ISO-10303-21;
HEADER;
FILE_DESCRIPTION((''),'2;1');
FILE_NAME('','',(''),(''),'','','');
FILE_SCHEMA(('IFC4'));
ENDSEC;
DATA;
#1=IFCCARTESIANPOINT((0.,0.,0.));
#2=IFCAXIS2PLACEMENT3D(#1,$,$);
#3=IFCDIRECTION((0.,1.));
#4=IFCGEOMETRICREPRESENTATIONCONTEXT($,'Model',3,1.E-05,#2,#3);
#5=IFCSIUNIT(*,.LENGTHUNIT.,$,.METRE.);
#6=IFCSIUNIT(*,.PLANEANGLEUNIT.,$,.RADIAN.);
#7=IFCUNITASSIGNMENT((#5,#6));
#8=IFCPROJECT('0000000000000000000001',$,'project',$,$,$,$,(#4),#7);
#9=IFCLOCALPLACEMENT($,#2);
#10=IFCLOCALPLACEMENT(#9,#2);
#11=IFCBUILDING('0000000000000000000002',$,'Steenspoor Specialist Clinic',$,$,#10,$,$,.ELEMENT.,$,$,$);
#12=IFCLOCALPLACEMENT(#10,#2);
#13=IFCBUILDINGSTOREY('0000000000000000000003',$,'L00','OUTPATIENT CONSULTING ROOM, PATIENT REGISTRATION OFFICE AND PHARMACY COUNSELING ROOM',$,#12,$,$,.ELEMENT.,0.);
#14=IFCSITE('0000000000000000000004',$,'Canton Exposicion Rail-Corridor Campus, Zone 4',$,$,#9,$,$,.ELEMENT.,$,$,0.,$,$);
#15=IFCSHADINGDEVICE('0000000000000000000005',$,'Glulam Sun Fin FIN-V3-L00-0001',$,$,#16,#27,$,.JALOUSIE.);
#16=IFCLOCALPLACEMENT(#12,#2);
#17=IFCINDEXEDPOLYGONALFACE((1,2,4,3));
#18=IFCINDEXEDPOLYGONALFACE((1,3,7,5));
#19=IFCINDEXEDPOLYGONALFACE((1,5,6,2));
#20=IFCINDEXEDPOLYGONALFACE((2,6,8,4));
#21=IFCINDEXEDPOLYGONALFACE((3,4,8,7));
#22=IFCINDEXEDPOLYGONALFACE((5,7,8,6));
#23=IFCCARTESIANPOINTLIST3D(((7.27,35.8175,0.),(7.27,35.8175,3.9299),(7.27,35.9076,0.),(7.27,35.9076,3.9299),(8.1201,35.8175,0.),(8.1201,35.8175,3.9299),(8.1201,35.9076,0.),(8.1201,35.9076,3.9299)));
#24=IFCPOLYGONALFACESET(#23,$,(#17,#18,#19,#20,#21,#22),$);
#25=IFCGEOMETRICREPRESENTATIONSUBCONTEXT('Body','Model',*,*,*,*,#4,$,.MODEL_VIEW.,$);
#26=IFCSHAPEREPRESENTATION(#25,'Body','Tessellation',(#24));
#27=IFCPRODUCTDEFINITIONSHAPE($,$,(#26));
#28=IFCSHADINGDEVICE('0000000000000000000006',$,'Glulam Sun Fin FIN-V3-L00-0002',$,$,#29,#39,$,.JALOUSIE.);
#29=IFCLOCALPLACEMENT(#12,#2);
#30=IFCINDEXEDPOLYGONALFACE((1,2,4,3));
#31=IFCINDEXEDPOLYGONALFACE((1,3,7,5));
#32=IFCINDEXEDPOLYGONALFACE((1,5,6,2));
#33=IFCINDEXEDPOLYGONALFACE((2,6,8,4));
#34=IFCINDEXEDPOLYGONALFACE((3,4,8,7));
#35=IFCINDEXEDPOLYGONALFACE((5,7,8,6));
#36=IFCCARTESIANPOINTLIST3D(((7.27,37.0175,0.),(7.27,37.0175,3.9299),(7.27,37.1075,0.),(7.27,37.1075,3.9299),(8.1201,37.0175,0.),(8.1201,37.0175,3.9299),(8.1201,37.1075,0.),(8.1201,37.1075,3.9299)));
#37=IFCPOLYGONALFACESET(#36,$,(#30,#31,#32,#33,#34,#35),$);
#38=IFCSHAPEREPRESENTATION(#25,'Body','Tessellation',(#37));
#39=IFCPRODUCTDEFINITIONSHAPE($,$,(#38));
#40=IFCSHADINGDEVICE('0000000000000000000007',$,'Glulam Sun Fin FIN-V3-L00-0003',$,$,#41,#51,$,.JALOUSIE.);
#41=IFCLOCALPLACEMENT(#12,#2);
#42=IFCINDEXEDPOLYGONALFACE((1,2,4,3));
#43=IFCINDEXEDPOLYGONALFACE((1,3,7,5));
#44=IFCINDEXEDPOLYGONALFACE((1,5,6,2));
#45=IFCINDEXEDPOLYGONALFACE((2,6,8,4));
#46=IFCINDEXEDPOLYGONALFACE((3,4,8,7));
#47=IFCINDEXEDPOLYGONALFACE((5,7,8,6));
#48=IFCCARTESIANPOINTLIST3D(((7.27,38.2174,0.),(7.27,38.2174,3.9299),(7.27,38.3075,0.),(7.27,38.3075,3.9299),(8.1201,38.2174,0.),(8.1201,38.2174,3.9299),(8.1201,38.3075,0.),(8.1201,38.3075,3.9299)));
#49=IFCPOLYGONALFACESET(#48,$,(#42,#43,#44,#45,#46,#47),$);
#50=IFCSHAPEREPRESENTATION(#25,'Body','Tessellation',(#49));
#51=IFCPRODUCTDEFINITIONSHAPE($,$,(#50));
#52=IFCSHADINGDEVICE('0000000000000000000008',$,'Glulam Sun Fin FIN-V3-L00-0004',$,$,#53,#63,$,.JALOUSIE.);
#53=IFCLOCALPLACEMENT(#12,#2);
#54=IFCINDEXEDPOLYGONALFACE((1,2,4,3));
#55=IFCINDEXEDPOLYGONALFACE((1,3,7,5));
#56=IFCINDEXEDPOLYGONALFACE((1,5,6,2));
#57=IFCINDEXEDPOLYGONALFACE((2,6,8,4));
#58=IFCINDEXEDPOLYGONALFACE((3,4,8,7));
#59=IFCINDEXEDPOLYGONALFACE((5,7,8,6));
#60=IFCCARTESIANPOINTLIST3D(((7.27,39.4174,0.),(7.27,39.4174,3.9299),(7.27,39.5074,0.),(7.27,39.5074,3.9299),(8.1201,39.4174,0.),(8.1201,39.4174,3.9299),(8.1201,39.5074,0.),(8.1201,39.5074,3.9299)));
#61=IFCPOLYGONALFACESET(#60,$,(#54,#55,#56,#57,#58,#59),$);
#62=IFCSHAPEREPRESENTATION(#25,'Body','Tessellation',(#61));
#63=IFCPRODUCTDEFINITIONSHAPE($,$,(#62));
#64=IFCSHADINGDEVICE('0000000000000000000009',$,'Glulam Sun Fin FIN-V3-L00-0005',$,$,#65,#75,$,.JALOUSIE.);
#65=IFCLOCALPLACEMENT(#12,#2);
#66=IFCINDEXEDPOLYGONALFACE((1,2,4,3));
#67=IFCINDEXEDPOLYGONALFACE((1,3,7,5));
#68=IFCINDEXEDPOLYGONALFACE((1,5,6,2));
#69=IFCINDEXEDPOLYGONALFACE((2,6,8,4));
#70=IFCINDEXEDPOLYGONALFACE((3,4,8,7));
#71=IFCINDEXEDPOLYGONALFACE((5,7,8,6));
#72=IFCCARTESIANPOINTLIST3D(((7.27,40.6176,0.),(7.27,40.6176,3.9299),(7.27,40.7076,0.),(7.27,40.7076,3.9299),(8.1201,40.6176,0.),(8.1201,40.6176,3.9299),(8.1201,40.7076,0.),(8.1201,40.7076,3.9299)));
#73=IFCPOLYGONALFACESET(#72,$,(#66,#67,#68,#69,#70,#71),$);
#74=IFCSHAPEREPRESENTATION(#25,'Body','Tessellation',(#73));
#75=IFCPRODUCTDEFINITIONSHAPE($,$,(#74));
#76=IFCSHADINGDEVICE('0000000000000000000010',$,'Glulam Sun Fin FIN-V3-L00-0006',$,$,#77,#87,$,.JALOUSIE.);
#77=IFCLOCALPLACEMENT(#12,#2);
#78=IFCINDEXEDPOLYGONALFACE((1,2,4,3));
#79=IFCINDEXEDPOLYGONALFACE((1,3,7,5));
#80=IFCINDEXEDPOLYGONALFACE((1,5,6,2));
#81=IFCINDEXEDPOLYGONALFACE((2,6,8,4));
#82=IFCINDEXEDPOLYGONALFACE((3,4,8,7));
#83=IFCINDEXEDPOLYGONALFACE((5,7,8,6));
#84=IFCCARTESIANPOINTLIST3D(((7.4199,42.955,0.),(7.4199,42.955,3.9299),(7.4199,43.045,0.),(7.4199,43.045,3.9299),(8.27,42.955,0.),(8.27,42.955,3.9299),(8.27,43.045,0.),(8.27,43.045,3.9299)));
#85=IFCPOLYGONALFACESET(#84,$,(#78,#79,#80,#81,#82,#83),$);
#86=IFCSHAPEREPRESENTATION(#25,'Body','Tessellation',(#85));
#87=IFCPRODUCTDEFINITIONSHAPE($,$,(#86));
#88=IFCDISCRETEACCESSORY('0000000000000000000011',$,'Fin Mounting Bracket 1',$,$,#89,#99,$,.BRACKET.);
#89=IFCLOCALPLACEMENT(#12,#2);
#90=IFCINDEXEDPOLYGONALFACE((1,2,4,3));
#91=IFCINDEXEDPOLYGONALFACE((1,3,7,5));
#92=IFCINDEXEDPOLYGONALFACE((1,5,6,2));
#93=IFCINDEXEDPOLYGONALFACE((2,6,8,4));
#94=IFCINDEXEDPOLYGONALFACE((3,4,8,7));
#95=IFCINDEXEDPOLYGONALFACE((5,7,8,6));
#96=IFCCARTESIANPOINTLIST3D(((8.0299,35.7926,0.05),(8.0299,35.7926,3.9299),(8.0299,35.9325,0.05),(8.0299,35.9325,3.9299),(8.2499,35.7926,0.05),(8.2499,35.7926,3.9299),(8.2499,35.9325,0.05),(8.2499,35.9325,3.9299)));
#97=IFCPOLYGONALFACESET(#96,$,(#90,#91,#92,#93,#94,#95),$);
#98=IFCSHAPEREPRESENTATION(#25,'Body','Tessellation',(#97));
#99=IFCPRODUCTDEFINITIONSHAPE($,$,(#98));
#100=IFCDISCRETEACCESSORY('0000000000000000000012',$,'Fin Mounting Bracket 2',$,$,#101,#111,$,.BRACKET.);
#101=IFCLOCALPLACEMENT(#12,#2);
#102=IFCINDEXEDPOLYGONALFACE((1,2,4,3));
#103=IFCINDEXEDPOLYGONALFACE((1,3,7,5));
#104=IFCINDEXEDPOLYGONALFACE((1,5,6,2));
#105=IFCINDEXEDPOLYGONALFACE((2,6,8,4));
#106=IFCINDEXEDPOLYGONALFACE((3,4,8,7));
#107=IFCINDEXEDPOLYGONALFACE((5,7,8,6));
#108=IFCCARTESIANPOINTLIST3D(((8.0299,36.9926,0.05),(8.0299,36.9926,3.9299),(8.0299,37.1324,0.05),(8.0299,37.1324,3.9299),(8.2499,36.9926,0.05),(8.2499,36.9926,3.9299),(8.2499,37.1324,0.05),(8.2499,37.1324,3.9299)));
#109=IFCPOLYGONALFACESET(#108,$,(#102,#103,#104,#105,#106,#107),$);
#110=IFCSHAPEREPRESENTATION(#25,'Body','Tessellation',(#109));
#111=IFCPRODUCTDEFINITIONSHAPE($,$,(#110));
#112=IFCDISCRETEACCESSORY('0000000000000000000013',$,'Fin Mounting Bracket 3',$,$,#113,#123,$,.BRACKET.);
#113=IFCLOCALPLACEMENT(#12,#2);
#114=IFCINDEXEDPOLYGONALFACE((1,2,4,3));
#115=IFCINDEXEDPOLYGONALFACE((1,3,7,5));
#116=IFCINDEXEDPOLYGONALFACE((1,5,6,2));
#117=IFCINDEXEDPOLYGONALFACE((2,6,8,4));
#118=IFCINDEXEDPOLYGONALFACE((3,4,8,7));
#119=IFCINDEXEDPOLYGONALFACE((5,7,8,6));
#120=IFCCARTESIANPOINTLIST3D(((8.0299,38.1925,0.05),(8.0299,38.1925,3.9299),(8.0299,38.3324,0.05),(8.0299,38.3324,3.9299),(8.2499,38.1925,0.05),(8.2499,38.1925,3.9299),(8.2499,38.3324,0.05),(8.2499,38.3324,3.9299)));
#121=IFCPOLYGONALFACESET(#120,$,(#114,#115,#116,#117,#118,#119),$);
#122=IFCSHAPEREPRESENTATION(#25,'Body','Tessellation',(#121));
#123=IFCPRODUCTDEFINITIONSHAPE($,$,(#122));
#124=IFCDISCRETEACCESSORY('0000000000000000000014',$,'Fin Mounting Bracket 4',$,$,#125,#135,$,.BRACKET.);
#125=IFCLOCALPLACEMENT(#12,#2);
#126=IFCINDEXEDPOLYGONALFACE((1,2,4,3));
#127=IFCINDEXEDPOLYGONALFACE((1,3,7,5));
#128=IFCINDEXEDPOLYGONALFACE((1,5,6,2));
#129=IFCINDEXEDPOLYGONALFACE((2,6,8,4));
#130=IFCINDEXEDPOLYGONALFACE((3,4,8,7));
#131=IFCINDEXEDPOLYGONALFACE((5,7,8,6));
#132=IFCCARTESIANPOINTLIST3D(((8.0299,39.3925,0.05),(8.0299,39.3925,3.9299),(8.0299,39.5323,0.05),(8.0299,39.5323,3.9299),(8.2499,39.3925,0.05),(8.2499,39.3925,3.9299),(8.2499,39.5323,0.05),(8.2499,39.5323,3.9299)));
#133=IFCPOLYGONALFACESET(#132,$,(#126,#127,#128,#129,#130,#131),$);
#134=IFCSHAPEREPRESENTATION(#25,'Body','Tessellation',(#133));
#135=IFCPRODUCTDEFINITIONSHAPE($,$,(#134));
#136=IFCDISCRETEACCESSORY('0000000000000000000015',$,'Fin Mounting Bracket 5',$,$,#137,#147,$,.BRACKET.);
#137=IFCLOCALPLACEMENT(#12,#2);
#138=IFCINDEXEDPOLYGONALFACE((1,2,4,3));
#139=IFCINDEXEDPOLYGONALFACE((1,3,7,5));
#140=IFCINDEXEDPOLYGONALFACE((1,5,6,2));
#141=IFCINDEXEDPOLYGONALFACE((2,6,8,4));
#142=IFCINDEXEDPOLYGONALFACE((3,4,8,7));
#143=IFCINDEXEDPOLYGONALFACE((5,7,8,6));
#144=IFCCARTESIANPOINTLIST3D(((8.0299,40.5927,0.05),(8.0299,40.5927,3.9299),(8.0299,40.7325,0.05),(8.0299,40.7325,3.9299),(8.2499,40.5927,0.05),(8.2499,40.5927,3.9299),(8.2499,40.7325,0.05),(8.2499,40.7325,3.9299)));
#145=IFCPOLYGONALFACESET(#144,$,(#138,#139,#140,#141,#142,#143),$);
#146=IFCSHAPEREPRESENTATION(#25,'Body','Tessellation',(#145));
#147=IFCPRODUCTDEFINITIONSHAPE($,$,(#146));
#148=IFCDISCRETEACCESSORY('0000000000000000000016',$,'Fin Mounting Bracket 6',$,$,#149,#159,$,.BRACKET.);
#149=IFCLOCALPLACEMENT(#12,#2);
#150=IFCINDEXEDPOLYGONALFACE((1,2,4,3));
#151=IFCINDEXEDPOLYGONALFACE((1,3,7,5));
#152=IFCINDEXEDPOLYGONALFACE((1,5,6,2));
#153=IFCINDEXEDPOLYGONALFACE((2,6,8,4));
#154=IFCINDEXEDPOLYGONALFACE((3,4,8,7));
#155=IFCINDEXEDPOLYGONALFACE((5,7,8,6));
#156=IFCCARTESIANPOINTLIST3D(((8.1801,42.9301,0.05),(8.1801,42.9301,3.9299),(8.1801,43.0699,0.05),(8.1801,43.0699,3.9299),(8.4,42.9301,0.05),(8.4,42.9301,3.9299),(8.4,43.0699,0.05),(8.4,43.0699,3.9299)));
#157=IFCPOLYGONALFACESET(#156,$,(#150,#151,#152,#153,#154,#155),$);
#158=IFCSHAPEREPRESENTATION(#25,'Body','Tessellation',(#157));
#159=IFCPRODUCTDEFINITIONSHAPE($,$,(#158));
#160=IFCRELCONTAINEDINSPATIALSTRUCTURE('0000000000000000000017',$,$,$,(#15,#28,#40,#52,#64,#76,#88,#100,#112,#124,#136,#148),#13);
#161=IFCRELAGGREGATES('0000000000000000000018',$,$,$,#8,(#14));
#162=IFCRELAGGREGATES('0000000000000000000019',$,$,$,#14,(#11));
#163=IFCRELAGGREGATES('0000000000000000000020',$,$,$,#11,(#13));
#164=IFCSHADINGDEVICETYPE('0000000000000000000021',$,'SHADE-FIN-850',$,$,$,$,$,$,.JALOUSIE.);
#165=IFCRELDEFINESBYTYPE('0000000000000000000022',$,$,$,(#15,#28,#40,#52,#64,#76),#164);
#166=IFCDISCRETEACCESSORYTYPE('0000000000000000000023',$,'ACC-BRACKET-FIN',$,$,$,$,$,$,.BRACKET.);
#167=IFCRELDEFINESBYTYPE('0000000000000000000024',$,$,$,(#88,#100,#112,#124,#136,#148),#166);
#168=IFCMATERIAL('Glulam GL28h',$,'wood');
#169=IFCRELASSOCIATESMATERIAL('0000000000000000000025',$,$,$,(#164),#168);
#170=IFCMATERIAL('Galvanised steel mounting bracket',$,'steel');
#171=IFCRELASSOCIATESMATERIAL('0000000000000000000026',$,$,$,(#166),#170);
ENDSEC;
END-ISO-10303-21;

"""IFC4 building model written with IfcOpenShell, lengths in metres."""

from ifc_helpers import new_model, si_unit, direction, frame, origin, origin_2d, place, context, subcontext, project, spatial, rectangle, extrude, material, material_profile, profile_set, type_object, element, save


model = new_model("IFC4")

# Units and contexts
model_context = context("Model", 3, precision=1e-05, world=origin(), true_north=direction((0.0, 1.0)))
body_context = subcontext(model_context, "Body", "Model", "MODEL_VIEW")
ifc_project = project(units=[si_unit("LENGTHUNIT", "METRE"), si_unit("PLANEANGLEUNIT", "RADIAN")], contexts=[model_context])

# Site, building, storey
site_placement = place(None, origin())
site = spatial("IfcSite", under=ifc_project, at=site_placement, Name="Canton Exposicion Rail-Corridor Campus, Zone 4", CompositionType="ELEMENT", RefElevation=0.0)
building_placement = place(site_placement, origin())
building = spatial("IfcBuilding", under=site, at=building_placement, Name="Steenspoor Specialist Clinic", CompositionType="ELEMENT")
storey_placement = place(building_placement, origin())
storey = spatial("IfcBuildingStorey", under=building, at=storey_placement, Name="L00", Description="OUTPATIENT CONSULTING ROOM, PATIENT REGISTRATION OFFICE AND PHARMACY COUNSELING ROOM", CompositionType="ELEMENT", Elevation=0.0)

# Shading devices
ifc_material_1 = material(Name="Glulam GL28h", Category="wood")
ifc_material_profile_1 = material_profile(ifc_material_1, rectangle(XDim=0.0901, YDim=0.8501, at=origin_2d()), Name="GL28H-90X850")
ifc_profile_set_1 = profile_set([ifc_material_profile_1], Name="Glulam GL28h")
shading_device_type = type_object("IfcShadingDeviceType", Name="SHADE-FIN-850", PredefinedType="JALOUSIE", material=ifc_profile_set_1)
for number, where, z_axis, x_axis, name in (
    (1, (7.6951, 35.8625, 0.0), (0.0, 0.0, 1.0), (0.0, 1.0, 0.0), "Glulam Sun Fin FIN-V3-L00-0001"),
    (2, (7.6951, 37.0625, 0.0), (0.0, 0.0, 1.0), (0.0, 1.0, 0.0), "Glulam Sun Fin FIN-V3-L00-0002"),
    (3, (7.6951, 38.2625, 0.0), (0.0, 0.0, 1.0), (0.0, 1.0, 0.0), "Glulam Sun Fin FIN-V3-L00-0003"),
    (4, (7.6951, 39.4624, 0.0), (0.0, 0.0, 1.0), (0.0, 1.0, 0.0), "Glulam Sun Fin FIN-V3-L00-0004"),
    (5, (7.6951, 40.6626, 0.0), (0.0, 0.0, 1.0), (0.0, 1.0, 0.0), "Glulam Sun Fin FIN-V3-L00-0005"),
    (6, (7.845, 43.0, 0.0), (0.0, 0.0, 1.0), (0.0, 1.0, 0.0), "Glulam Sun Fin FIN-V3-L00-0006"),
):
    element("IfcShadingDevice", number, at=place(storey_placement, frame(where, z_axis=z_axis, x_axis=x_axis)), inside=storey, type_object=shading_device_type, Name=name, PredefinedType="JALOUSIE", context=body_context, shape_type="SweptSolid", body=[
        extrude(rectangle(XDim=0.0901, YDim=0.8501, at=origin_2d()), origin(), (0.0, 0.0, 1.0), 3.9299),
    ])

# Discrete accessories
ifc_material_2 = material(Name="Galvanised steel mounting bracket", Category="steel")
discrete_accessory_type = type_object("IfcDiscreteAccessoryType", Name="ACC-BRACKET-FIN", PredefinedType="BRACKET", material=ifc_material_2)
for number, where, z_axis, x_axis, name in (
    (7, (8.1399, 35.8625, 0.05), (0.0, 0.0, 1.0), (-1.0, 0.0, 0.0), "Fin Mounting Bracket 1"),
    (8, (8.1399, 37.0625, 0.05), (0.0, 0.0, 1.0), (-1.0, 0.0, 0.0), "Fin Mounting Bracket 2"),
    (9, (8.1399, 38.2625, 0.05), (0.0, 0.0, 1.0), (-1.0, 0.0, 0.0), "Fin Mounting Bracket 3"),
    (10, (8.1399, 39.4624, 0.05), (0.0, 0.0, 1.0), (-1.0, 0.0, 0.0), "Fin Mounting Bracket 4"),
    (11, (8.1399, 40.6626, 0.05), (0.0, 0.0, 1.0), (-1.0, 0.0, 0.0), "Fin Mounting Bracket 5"),
    (12, (8.29, 43.0, 0.05), (0.0, 0.0, 1.0), (-1.0, 0.0, 0.0), "Fin Mounting Bracket 6"),
):
    element("IfcDiscreteAccessory", number, at=place(storey_placement, frame(where, z_axis=z_axis, x_axis=x_axis)), inside=storey, type_object=discrete_accessory_type, Name=name, PredefinedType="BRACKET", context=body_context, shape_type="SweptSolid", body=[
        extrude(rectangle(XDim=0.22, YDim=0.1399, at=origin_2d()), origin(), (0.0, 0.0, 1.0), 3.8799),
    ])

save(model, "model.ifc")
